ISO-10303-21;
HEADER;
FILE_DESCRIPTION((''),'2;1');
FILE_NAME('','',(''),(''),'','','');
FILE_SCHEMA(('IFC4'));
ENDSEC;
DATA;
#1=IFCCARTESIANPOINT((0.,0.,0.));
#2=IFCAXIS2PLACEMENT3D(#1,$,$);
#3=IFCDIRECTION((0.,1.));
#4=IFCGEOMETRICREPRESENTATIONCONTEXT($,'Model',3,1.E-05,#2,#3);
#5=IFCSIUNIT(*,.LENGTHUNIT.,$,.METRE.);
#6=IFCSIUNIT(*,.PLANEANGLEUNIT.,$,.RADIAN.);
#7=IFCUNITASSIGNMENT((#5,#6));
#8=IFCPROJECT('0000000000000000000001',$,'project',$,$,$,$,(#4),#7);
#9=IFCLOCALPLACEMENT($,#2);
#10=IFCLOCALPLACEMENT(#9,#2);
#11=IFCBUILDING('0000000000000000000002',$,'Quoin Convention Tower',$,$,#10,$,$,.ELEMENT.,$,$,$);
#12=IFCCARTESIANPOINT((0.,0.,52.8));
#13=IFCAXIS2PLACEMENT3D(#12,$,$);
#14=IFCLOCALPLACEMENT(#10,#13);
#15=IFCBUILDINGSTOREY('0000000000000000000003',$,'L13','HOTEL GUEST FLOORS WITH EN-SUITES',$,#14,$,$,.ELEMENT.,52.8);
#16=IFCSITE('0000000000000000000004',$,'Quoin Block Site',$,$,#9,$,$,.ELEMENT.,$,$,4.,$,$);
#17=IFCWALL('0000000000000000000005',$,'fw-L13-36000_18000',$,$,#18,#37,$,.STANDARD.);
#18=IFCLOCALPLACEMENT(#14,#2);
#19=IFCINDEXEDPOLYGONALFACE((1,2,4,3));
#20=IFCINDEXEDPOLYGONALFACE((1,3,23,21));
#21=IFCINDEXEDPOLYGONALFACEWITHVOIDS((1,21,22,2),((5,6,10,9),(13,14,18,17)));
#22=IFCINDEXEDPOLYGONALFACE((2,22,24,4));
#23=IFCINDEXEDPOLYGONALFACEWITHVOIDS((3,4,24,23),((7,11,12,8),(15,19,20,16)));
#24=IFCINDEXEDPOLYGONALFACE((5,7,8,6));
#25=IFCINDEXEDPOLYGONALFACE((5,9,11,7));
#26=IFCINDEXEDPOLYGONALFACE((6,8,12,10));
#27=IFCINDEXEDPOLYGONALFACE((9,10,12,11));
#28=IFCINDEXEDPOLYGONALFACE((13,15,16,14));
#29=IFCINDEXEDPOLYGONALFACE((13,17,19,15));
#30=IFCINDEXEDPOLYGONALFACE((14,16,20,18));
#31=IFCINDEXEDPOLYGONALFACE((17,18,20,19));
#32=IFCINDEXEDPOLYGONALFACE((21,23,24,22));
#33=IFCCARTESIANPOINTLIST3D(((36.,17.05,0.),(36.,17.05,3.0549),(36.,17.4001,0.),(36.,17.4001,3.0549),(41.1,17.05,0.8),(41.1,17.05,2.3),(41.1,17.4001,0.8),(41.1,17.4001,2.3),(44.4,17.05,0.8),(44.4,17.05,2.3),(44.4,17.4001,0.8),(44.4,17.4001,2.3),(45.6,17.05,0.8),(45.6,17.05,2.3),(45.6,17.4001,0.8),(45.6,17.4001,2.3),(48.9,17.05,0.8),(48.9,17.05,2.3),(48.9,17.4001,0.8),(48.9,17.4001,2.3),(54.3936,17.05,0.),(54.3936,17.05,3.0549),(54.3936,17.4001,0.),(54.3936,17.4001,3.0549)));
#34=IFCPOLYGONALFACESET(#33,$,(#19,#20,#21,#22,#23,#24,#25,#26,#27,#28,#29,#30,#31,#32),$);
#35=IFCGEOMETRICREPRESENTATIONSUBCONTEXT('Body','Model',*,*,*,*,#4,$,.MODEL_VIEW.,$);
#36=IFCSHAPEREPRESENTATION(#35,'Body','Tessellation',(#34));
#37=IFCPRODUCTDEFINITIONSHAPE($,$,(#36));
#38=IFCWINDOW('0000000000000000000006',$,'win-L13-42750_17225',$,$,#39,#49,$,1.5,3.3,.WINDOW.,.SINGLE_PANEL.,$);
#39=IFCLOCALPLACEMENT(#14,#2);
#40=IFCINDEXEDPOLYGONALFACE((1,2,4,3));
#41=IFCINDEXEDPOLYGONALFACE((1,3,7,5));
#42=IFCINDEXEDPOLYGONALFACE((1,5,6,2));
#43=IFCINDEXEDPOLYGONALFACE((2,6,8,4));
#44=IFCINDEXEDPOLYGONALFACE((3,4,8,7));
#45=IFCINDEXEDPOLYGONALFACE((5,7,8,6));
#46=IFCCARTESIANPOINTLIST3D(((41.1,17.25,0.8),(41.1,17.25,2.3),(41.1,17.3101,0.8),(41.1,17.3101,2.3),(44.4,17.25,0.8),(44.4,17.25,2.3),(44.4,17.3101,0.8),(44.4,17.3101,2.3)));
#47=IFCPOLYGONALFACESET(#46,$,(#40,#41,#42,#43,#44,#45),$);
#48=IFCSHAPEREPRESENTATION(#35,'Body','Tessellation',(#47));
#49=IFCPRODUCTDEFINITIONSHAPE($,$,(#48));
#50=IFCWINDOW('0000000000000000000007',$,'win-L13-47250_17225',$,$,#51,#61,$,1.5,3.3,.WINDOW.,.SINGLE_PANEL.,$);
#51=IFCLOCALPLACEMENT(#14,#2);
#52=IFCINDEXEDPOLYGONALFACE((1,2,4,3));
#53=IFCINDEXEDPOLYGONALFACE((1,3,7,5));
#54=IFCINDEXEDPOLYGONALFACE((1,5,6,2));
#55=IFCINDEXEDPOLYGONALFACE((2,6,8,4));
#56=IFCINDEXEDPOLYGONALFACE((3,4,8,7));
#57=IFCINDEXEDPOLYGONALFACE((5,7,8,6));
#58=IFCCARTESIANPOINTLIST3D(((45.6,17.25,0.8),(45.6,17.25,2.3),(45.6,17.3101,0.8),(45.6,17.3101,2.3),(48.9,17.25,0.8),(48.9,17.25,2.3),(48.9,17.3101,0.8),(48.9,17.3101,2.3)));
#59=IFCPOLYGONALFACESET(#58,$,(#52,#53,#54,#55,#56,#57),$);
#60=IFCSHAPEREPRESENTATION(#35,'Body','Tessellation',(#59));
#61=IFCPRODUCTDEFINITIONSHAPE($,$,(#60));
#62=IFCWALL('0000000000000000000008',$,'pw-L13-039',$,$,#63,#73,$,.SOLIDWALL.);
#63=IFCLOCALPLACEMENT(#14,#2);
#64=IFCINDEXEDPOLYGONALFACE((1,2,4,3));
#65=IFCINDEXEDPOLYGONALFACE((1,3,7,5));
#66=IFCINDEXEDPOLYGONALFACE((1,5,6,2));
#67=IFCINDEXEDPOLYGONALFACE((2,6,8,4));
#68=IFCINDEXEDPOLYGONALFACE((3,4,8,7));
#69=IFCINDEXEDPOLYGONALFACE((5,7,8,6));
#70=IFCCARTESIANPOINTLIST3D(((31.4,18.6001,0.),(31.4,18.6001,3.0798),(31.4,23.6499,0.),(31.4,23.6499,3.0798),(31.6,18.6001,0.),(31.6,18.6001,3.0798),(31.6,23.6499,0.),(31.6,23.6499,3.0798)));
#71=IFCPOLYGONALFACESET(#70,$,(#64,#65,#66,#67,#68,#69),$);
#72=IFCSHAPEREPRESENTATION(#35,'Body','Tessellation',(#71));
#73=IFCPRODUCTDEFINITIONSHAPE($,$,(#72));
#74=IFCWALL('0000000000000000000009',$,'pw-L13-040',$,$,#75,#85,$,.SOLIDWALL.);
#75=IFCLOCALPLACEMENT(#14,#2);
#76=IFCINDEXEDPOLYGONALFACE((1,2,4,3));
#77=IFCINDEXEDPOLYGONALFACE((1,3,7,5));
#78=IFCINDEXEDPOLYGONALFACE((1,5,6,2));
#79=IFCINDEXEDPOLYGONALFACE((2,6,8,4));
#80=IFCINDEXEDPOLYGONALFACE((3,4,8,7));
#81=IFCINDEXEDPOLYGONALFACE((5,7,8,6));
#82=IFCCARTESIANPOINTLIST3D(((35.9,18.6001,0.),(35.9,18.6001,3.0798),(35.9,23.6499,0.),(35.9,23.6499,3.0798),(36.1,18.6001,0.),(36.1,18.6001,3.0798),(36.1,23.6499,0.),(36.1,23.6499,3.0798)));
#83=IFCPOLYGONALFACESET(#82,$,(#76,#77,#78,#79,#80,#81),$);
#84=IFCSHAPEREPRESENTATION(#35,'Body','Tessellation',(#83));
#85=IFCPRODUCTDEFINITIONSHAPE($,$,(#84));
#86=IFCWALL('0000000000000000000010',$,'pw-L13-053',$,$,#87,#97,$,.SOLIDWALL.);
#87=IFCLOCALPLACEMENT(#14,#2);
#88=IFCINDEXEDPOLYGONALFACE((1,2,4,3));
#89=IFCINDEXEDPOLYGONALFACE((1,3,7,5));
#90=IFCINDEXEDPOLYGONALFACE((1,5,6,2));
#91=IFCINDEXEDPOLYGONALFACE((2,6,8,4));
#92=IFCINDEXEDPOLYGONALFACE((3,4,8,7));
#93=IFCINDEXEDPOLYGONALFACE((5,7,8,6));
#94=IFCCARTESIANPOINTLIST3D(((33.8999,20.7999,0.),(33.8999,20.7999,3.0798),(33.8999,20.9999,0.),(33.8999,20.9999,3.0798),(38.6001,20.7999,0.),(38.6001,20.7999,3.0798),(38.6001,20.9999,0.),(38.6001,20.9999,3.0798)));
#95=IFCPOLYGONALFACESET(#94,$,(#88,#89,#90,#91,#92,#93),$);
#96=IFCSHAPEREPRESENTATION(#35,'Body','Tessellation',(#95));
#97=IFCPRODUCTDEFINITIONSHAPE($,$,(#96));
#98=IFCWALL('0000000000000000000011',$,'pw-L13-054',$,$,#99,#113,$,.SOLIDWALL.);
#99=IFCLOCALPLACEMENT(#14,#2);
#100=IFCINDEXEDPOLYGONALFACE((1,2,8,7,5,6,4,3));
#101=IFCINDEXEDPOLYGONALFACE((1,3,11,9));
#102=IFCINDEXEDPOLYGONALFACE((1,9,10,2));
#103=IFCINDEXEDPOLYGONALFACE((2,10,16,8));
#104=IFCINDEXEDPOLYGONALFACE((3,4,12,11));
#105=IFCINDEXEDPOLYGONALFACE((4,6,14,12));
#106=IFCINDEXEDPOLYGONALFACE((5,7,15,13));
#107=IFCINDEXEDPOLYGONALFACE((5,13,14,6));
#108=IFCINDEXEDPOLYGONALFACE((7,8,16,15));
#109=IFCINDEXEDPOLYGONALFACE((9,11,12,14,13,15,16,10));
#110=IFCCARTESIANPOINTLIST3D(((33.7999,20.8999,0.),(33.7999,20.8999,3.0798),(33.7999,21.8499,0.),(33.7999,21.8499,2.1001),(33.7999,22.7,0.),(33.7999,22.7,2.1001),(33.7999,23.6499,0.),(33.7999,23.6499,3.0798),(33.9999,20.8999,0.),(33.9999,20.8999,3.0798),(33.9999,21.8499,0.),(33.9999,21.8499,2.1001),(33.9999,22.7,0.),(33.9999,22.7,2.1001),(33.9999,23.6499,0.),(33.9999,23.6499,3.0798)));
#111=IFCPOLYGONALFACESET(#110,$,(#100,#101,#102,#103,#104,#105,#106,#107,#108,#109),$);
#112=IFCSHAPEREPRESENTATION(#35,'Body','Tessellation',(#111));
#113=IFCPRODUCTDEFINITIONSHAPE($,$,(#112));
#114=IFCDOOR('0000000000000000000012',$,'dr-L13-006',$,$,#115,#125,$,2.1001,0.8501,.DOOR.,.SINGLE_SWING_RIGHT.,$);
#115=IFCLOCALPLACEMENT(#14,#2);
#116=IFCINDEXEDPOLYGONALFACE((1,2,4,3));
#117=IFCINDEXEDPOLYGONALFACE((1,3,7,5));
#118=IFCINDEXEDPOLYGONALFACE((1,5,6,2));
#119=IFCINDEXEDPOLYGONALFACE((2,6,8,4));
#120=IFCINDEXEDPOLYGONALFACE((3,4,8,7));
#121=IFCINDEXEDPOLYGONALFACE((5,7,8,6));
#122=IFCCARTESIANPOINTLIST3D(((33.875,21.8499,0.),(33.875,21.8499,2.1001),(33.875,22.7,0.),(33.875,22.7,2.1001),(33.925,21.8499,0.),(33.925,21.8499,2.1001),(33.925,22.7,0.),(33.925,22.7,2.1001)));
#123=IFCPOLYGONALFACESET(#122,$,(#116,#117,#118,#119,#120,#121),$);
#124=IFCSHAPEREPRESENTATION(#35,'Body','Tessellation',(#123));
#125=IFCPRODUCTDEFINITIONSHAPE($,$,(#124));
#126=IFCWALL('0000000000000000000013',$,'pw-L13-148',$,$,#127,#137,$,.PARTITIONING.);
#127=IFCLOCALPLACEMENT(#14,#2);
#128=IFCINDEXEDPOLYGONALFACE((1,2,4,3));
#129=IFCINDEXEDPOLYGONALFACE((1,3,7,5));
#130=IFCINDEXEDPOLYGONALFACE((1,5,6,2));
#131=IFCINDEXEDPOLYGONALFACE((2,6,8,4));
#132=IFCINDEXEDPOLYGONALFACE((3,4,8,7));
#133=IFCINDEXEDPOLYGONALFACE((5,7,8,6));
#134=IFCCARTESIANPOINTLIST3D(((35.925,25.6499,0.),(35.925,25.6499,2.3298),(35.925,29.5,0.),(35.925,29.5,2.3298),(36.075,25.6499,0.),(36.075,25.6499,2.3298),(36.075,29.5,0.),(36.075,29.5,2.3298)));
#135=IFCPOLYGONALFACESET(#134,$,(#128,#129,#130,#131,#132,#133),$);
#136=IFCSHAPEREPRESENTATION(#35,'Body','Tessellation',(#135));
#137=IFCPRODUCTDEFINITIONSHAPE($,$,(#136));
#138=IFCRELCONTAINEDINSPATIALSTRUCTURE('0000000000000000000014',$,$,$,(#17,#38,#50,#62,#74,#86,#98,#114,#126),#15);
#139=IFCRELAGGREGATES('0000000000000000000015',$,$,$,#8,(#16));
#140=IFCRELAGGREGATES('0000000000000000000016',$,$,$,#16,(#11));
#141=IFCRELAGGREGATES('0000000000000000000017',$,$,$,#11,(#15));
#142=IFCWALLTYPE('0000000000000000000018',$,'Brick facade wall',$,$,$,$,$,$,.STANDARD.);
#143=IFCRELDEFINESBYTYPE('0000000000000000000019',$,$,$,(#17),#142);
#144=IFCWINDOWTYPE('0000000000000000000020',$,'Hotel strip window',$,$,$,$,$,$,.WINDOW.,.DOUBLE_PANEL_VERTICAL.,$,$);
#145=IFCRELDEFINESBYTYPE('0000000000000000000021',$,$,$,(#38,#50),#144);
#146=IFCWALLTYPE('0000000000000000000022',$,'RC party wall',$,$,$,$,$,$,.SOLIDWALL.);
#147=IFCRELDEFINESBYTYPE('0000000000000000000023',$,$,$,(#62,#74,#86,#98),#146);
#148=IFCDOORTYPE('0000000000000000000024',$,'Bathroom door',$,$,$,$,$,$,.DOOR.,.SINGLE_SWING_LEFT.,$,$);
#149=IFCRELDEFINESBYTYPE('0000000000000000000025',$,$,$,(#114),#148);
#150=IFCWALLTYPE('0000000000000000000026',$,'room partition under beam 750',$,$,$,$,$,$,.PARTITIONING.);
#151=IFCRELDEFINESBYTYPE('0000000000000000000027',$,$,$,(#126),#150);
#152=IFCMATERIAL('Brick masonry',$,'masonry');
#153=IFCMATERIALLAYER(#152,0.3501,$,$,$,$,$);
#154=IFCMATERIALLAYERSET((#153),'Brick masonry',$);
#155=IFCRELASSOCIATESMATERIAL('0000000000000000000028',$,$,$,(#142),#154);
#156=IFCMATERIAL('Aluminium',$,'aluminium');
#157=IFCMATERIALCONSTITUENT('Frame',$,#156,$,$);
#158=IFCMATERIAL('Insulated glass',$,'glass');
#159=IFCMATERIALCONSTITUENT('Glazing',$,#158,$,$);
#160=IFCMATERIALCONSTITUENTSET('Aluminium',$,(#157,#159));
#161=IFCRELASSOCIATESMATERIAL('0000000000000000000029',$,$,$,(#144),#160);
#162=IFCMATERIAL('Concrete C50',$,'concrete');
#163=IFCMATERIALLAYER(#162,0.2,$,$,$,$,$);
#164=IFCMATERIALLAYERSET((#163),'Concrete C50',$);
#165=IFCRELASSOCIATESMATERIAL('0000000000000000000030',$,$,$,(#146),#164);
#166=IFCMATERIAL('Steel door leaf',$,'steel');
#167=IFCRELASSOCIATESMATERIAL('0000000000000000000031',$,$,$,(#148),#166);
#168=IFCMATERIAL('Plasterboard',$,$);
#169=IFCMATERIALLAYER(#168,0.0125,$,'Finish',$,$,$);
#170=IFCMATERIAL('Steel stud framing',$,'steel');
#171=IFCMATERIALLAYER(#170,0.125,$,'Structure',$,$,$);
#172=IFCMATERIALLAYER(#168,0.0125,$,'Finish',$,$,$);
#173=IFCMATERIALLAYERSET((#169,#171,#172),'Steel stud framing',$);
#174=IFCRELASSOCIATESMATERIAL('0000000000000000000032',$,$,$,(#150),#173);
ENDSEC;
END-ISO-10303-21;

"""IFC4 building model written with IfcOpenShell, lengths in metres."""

from ifc_helpers import new_model, si_unit, direction, frame, frame_2d, origin, place, context, subcontext, project, spatial, rectangle, extrude, material, layer, layer_set, constituent, constituent_set, type_object, element, fill, save


model = new_model("IFC4")

# Units and contexts
model_context = context("Model", 3, precision=1e-05, world=origin(), true_north=direction((0.0, 1.0)))
body_context = subcontext(model_context, "Body", "Model", "MODEL_VIEW")
ifc_project = project(units=[si_unit("LENGTHUNIT", "METRE"), si_unit("PLANEANGLEUNIT", "RADIAN")], contexts=[model_context])

# Site, building, storey
site_placement = place(None, origin())
site = spatial("IfcSite", under=ifc_project, at=site_placement, Name="Quoin Block Site", CompositionType="ELEMENT", RefElevation=4.0)
building_placement = place(site_placement, origin())
building = spatial("IfcBuilding", under=site, at=building_placement, Name="Quoin Convention Tower", CompositionType="ELEMENT")
storey_placement = place(building_placement, frame((0.0, 0.0, 52.8)))
storey = spatial("IfcBuildingStorey", under=building, at=storey_placement, Name="L13", Description="HOTEL GUEST FLOORS WITH EN-SUITES", CompositionType="ELEMENT", Elevation=52.8)

# Wall, openings, windows
ifc_material_1 = material(Name="Brick masonry", Category="masonry")
ifc_layer_1 = layer(ifc_material_1, 0.3501)
ifc_layer_set_1 = layer_set([ifc_layer_1], Name="Brick masonry")
wall_type_1 = type_object("IfcWallType", Name="Brick facade wall", PredefinedType="STANDARD", material=ifc_layer_set_1)
wall_1_placement = place(storey_placement, frame((36.0, 17.2251, 0.0), z_axis=(0.0, 0.0, 1.0), x_axis=(1.0, 0.0, 0.0)))
wall_1 = element("IfcWall", 1, at=wall_1_placement, inside=storey, type_object=wall_type_1, Name="fw-L13-36000_18000", PredefinedType="STANDARD", context=body_context, shape_type="SweptSolid", body=[
    extrude(rectangle(XDim=18.3936, YDim=0.3501, at=frame_2d((9.1968, 0.0))), origin(), (0.0, 0.0, 1.0), 3.0549),
])
opening_1_placement = place(wall_1_placement, frame((5.1001, 0.0, 0.8)))
opening_1 = element("IfcOpeningElement", 2, at=opening_1_placement, cuts=wall_1, PredefinedType="OPENING", context=body_context, shape_type="SweptSolid", body=[
    extrude(rectangle(XDim=3.3, YDim=1.5, at=frame_2d((1.6499, 0.75))), frame((0.0, 0.1851, 0.0), z_axis=(0.0, -1.0, 0.0), x_axis=(1.0, 0.0, 0.0)), (0.0, 0.0, 1.0), 0.3701),
])
opening_2_placement = place(wall_1_placement, frame((9.6001, 0.0, 0.8)))
opening_2 = element("IfcOpeningElement", 3, at=opening_2_placement, cuts=wall_1, PredefinedType="OPENING", context=body_context, shape_type="SweptSolid", body=[
    extrude(rectangle(XDim=3.3, YDim=1.5, at=frame_2d((1.6499, 0.75))), frame((0.0, 0.1851, 0.0), z_axis=(0.0, -1.0, 0.0), x_axis=(1.0, 0.0, 0.0)), (0.0, 0.0, 1.0), 0.3701),
])
ifc_material_2 = material(Name="Aluminium", Category="aluminium")
ifc_constituent_1 = constituent(ifc_material_2, Name="Frame")
ifc_material_3 = material(Name="Insulated glass", Category="glass")
ifc_constituent_2 = constituent(ifc_material_3, Name="Glazing")
ifc_constituent_set = constituent_set(constituents=[ifc_constituent_1, ifc_constituent_2], Name="Aluminium")
window_type = type_object("IfcWindowType", Name="Hotel strip window", PartitioningType="DOUBLE_PANEL_VERTICAL", PredefinedType="WINDOW", material=ifc_constituent_set)
window_1_placement = place(opening_1_placement, origin())
window_1 = element("IfcWindow", 4, at=window_1_placement, inside=storey, type_object=window_type, Name="win-L13-42750_17225", OverallHeight=1.5, OverallWidth=3.3, PartitioningType="SINGLE_PANEL", PredefinedType="WINDOW", context=body_context, shape_type="SweptSolid", body=[
    extrude(rectangle(XDim=3.3, YDim=1.5, at=frame_2d((1.6499, 0.75))), frame((0.0, 0.085, 0.0), z_axis=(0.0, -1.0, 0.0), x_axis=(1.0, 0.0, 0.0)), (0.0, 0.0, 1.0), 0.0601),
])
fill(opening_1, window_1)
window_2_placement = place(opening_2_placement, origin())
window_2 = element("IfcWindow", 5, at=window_2_placement, inside=storey, type_object=window_type, Name="win-L13-47250_17225", OverallHeight=1.5, OverallWidth=3.3, PartitioningType="SINGLE_PANEL", PredefinedType="WINDOW", context=body_context, shape_type="SweptSolid", body=[
    extrude(rectangle(XDim=3.3, YDim=1.5, at=frame_2d((1.6499, 0.75))), frame((0.0, 0.085, 0.0), z_axis=(0.0, -1.0, 0.0), x_axis=(1.0, 0.0, 0.0)), (0.0, 0.0, 1.0), 0.0601),
])
fill(opening_2, window_2)

# Walls
ifc_material_4 = material(Name="Concrete C50", Category="concrete")
ifc_layer_2 = layer(ifc_material_4, 0.2)
ifc_layer_set_2 = layer_set([ifc_layer_2], Name="Concrete C50")
wall_type_2 = type_object("IfcWallType", Name="RC party wall", PredefinedType="SOLIDWALL", material=ifc_layer_set_2)
for number, where, z_axis, x_axis, name in (
    (6, (31.5, 18.6001, 0.0), (0.0, 0.0, 1.0), (0.0, 1.0, 0.0), "pw-L13-039"),
    (7, (36.0, 18.6001, 0.0), (0.0, 0.0, 1.0), (0.0, 1.0, 0.0), "pw-L13-040"),
):
    element("IfcWall", number, at=place(storey_placement, frame(where, z_axis=z_axis, x_axis=x_axis)), inside=storey, type_object=wall_type_2, Name=name, PredefinedType="SOLIDWALL", context=body_context, shape_type="SweptSolid", body=[
        extrude(rectangle(XDim=5.0498, YDim=0.2, at=frame_2d((2.5249, 0.0))), origin(), (0.0, 0.0, 1.0), 3.0798),
    ])
wall_2_placement = place(storey_placement, frame((33.8999, 20.8999, 0.0), z_axis=(0.0, 0.0, 1.0), x_axis=(1.0, 0.0, 0.0)))
element("IfcWall", 8, at=wall_2_placement, inside=storey, type_object=wall_type_2, Name="pw-L13-053", PredefinedType="SOLIDWALL", context=body_context, shape_type="SweptSolid", body=[
    extrude(rectangle(XDim=4.7002, YDim=0.2, at=frame_2d((2.3501, 0.0))), origin(), (0.0, 0.0, 1.0), 3.0798),
])

# Wall, opening, door
wall_3_placement = place(storey_placement, frame((33.8999, 20.8999, 0.0), z_axis=(0.0, 0.0, 1.0), x_axis=(0.0, 1.0, 0.0)))
wall_3 = element("IfcWall", 9, at=wall_3_placement, inside=storey, type_object=wall_type_2, Name="pw-L13-054", PredefinedType="SOLIDWALL", context=body_context, shape_type="SweptSolid", body=[
    extrude(rectangle(XDim=2.75, YDim=0.2, at=frame_2d((1.375, 0.0))), origin(), (0.0, 0.0, 1.0), 3.0798),
])
opening_3_placement = place(wall_3_placement, frame((0.95, 0.0, 0.0)))
opening_3 = element("IfcOpeningElement", 10, at=opening_3_placement, cuts=wall_3, PredefinedType="OPENING", context=body_context, shape_type="SweptSolid", body=[
    extrude(rectangle(XDim=0.8501, YDim=2.1001, at=frame_2d((0.425, 1.05))), frame((0.0, 0.1099, 0.0), z_axis=(0.0, -1.0, 0.0), x_axis=(1.0, 0.0, 0.0)), (0.0, 0.0, 1.0), 0.22),
])
ifc_material_5 = material(Name="Steel door leaf", Category="steel")
door_type = type_object("IfcDoorType", Name="Bathroom door", OperationType="SINGLE_SWING_LEFT", PredefinedType="DOOR", material=ifc_material_5)
door_placement = place(opening_3_placement, origin())
door = element("IfcDoor", 11, at=door_placement, inside=storey, type_object=door_type, Name="dr-L13-006", OperationType="SINGLE_SWING_RIGHT", OverallHeight=2.1001, OverallWidth=0.8501, PredefinedType="DOOR", context=body_context, shape_type="SweptSolid", body=[
    extrude(rectangle(XDim=0.8501, YDim=2.1001, at=frame_2d((0.425, 1.05))), frame((0.0, 0.0249, 0.0), z_axis=(0.0, -1.0, 0.0), x_axis=(1.0, 0.0, 0.0)), (0.0, 0.0, 1.0), 0.05),
])
fill(opening_3, door)

# Wall
ifc_material_6 = material(Name="Plasterboard")
ifc_layer_3 = layer(ifc_material_6, 0.0125, Name="Finish")
ifc_material_7 = material(Name="Steel stud framing", Category="steel")
ifc_layer_4 = layer(ifc_material_7, 0.125, Name="Structure")
ifc_layer_5 = layer(ifc_material_6, 0.0125, Name="Finish")
ifc_layer_set_3 = layer_set([ifc_layer_3, ifc_layer_4, ifc_layer_5], Name="Steel stud framing")
wall_type_3 = type_object("IfcWallType", Name="room partition under beam 750", PredefinedType="PARTITIONING", material=ifc_layer_set_3)
wall_4_placement = place(storey_placement, frame((36.0, 25.6499, 0.0), z_axis=(0.0, 0.0, 1.0), x_axis=(0.0, 1.0, 0.0)))
element("IfcWall", 12, at=wall_4_placement, inside=storey, type_object=wall_type_3, Name="pw-L13-148", PredefinedType="PARTITIONING", context=body_context, shape_type="SweptSolid", body=[
    extrude(rectangle(XDim=3.8501, YDim=0.1499, at=frame_2d((1.925, 0.0))), origin(), (0.0, 0.0, 1.0), 2.3298),
])

save(model, "model.ifc")
